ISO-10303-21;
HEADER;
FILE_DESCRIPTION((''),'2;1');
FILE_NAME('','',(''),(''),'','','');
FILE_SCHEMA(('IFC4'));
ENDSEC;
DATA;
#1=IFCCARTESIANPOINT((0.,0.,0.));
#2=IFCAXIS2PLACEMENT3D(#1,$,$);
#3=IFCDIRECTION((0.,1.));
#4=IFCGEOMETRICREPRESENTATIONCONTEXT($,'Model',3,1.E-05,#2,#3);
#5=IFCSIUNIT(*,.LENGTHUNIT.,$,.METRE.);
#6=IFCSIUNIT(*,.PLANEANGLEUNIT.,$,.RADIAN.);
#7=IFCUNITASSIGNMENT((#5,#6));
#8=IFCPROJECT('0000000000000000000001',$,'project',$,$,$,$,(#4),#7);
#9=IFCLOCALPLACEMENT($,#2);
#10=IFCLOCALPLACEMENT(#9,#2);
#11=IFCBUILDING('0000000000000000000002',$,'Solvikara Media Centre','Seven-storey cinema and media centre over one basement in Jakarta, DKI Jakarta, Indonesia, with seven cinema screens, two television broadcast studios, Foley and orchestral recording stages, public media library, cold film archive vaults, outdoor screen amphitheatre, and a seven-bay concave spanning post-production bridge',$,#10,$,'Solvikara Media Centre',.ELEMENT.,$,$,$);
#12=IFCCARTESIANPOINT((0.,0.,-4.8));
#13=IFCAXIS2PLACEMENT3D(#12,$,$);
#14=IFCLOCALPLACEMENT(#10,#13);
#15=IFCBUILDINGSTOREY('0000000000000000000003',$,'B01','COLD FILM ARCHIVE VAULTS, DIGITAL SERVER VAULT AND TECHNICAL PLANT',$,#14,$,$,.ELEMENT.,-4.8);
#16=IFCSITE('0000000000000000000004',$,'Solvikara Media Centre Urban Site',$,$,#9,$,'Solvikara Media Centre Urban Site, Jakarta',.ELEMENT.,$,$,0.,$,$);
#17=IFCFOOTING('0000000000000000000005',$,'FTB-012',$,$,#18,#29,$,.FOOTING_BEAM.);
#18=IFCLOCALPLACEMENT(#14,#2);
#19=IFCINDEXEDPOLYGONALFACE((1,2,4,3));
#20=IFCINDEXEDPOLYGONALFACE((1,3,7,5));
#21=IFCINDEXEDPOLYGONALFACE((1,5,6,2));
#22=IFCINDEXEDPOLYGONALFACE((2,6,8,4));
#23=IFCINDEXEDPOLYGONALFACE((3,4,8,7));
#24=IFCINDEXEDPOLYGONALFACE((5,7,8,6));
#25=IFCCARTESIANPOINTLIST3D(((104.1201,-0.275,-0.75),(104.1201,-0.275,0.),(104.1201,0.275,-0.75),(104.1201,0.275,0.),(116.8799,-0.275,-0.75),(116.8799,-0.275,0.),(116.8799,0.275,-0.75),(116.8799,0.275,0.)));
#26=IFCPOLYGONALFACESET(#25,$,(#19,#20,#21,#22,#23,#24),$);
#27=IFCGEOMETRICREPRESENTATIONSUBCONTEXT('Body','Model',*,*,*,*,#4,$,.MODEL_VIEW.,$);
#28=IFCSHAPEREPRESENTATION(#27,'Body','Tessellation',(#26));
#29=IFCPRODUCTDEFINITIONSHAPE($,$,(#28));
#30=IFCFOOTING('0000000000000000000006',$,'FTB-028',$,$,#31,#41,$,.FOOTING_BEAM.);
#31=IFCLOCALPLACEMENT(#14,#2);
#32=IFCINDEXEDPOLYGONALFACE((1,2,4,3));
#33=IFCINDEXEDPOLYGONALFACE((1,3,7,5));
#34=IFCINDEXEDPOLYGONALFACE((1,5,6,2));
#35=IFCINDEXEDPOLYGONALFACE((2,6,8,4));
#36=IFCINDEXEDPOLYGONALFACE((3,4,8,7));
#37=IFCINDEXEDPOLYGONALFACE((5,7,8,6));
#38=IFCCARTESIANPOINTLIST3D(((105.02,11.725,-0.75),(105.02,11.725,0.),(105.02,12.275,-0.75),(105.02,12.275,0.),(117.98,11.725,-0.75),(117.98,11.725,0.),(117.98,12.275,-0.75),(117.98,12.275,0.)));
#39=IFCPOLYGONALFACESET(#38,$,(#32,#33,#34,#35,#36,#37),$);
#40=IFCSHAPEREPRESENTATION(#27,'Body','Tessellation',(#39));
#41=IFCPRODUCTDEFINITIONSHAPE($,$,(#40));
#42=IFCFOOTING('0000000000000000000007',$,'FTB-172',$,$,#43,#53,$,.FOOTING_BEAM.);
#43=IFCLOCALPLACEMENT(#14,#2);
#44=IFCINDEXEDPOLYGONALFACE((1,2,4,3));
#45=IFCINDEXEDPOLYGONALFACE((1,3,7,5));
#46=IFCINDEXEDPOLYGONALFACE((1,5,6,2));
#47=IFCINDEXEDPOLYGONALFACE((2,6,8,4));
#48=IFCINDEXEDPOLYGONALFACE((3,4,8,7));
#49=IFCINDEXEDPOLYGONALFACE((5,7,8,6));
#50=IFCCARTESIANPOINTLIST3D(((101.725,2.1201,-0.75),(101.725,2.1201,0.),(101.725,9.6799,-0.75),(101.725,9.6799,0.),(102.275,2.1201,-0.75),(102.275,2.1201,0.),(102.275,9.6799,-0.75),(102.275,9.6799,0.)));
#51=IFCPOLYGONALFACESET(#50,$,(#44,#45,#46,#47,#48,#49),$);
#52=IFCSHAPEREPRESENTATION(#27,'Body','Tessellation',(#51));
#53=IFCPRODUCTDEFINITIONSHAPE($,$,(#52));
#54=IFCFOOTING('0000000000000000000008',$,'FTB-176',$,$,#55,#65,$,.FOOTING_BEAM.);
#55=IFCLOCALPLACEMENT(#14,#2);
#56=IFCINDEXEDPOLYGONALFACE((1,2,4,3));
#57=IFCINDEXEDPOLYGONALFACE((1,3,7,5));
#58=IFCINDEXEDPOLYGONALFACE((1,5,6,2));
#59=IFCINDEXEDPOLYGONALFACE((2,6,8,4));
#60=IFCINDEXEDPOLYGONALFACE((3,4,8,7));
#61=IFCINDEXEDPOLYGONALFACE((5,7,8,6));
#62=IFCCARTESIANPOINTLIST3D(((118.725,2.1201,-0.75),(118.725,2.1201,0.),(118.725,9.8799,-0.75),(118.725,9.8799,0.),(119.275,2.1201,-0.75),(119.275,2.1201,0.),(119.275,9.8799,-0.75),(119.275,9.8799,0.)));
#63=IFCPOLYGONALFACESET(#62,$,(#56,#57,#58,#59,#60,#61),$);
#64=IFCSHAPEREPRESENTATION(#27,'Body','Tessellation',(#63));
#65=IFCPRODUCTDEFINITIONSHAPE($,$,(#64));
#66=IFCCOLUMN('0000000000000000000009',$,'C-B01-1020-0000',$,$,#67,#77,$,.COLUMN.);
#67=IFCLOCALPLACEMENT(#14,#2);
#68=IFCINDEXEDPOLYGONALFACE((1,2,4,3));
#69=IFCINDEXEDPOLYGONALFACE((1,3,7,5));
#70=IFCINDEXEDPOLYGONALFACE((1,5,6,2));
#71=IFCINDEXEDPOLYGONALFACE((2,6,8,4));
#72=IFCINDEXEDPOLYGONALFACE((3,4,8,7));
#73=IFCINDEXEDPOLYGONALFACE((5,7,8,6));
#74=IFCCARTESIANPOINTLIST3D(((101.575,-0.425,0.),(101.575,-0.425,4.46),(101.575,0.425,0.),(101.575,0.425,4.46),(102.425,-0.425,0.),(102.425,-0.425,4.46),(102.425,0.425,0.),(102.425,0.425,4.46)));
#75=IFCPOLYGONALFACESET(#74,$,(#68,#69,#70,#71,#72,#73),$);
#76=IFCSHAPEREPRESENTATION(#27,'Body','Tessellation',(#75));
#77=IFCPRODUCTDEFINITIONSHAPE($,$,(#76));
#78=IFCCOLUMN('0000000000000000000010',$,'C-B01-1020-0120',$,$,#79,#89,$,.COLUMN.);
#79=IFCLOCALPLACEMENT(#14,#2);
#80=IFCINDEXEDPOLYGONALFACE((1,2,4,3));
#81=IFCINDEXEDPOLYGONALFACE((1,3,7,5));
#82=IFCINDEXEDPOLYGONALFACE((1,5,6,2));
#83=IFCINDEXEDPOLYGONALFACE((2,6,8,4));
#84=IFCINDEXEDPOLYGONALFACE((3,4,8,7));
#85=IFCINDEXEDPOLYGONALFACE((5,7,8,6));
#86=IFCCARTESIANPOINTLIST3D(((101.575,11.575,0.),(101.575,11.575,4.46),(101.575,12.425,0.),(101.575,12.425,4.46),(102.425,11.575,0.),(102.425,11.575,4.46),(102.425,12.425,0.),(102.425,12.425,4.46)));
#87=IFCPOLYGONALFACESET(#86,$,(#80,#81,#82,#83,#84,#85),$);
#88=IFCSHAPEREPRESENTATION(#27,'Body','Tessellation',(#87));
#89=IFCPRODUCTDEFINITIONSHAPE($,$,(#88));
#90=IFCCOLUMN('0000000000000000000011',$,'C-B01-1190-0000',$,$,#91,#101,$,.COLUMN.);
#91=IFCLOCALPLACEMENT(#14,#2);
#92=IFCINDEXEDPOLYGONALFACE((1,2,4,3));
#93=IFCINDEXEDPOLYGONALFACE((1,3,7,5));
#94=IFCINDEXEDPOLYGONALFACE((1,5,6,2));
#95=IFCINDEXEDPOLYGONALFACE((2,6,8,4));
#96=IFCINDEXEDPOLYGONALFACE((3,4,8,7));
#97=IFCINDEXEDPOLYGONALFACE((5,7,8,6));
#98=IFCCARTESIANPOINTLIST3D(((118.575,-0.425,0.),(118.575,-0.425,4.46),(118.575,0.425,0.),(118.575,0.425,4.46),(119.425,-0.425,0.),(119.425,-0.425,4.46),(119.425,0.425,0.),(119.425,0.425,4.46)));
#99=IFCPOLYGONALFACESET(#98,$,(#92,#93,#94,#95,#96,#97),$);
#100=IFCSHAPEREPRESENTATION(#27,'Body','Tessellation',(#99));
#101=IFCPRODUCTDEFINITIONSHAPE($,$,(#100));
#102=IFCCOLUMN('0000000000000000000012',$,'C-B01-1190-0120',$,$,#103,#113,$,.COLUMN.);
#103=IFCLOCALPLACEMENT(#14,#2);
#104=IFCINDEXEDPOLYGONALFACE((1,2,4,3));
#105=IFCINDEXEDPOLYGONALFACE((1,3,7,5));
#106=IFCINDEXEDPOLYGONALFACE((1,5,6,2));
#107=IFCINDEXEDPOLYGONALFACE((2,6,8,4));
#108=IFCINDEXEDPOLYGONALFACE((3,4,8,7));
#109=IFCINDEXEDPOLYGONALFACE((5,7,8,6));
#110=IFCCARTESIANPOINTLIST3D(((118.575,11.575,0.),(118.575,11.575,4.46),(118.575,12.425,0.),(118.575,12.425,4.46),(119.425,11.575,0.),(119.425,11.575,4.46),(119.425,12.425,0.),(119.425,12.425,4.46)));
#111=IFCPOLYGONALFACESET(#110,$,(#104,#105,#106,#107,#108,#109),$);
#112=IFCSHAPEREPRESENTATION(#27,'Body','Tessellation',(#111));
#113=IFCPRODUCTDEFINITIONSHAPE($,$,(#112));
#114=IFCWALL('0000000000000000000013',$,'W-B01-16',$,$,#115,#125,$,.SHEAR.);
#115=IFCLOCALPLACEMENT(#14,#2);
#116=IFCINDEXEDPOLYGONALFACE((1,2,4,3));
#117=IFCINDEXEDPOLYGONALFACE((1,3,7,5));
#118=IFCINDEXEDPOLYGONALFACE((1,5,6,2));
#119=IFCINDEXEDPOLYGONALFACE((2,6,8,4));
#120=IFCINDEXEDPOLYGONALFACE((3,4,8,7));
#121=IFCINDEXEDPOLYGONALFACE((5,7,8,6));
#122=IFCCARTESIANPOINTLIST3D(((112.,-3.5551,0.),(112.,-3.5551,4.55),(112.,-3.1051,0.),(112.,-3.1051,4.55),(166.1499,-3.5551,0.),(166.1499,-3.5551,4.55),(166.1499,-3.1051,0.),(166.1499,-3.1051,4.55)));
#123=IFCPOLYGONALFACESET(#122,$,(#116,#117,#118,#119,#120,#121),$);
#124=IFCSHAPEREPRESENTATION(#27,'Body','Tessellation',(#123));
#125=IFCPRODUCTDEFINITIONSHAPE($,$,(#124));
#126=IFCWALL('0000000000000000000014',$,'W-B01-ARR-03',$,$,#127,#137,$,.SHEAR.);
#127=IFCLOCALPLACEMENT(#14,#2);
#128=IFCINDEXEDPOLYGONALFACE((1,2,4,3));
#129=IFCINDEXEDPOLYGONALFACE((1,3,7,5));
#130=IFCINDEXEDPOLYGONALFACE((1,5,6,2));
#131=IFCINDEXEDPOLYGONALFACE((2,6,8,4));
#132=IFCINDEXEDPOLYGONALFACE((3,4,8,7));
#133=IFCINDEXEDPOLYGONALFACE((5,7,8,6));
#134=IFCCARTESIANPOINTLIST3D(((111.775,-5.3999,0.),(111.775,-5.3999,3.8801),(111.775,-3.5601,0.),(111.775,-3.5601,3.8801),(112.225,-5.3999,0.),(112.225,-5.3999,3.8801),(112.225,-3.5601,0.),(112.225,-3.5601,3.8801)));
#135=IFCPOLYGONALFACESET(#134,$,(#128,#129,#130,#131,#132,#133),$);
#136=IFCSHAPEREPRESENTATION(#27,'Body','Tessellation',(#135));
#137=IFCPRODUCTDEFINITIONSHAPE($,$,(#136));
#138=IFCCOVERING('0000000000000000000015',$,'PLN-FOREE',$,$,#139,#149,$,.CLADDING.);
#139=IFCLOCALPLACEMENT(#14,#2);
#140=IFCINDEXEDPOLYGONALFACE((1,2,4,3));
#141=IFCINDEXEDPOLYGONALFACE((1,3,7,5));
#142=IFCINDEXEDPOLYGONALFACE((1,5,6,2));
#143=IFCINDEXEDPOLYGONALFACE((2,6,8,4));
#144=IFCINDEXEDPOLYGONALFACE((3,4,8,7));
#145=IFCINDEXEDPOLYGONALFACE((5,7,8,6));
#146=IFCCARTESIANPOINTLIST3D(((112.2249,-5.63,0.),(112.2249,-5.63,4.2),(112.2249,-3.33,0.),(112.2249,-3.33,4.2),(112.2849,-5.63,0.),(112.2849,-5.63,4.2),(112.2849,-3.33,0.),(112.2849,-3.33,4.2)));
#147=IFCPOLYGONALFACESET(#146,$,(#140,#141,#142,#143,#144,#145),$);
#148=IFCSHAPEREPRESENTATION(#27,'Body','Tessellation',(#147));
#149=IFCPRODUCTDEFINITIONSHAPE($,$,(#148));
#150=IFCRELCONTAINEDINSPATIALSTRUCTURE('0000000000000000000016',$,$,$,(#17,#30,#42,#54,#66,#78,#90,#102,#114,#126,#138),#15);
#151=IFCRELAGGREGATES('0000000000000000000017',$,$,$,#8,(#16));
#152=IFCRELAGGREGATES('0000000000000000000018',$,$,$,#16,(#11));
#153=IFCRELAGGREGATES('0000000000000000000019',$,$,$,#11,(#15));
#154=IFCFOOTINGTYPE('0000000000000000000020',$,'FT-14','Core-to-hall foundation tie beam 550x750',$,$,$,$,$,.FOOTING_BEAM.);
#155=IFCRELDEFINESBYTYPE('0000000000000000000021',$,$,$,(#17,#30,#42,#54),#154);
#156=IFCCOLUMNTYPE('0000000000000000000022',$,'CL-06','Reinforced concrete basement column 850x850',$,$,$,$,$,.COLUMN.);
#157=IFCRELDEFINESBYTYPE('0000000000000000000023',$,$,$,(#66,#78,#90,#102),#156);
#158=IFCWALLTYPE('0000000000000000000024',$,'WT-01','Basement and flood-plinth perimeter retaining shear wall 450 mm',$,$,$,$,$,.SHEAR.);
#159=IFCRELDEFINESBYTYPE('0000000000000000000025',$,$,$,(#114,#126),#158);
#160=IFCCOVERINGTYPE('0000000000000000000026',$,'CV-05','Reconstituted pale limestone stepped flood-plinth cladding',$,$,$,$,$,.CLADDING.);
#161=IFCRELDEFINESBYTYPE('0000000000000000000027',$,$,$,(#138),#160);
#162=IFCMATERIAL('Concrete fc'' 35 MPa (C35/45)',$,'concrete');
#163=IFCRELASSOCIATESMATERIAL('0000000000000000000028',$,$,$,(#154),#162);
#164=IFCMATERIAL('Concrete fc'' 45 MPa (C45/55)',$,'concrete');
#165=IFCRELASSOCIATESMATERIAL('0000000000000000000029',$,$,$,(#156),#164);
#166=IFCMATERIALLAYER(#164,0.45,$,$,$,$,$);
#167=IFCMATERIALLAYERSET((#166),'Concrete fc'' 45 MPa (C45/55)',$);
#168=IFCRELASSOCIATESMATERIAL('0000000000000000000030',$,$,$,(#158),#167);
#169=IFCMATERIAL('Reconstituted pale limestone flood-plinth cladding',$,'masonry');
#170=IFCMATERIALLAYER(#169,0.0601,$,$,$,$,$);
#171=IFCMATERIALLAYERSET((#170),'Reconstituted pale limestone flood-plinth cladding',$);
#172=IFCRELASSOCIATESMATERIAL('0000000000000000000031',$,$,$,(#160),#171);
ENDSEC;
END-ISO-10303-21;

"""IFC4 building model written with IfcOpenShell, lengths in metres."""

from ifc_helpers import new_model, si_unit, direction, frame, frame_2d, origin, origin_2d, place, context, subcontext, project, spatial, rectangle, extrude, material, layer, layer_set, material_profile, profile_set, type_object, element, save


model = new_model("IFC4")

# Units and contexts
model_context = context("Model", 3, precision=1e-05, world=origin(), true_north=direction((0.0, 1.0)))
body_context = subcontext(model_context, "Body", "Model", "MODEL_VIEW")
ifc_project = project(units=[si_unit("LENGTHUNIT", "METRE"), si_unit("PLANEANGLEUNIT", "RADIAN")], contexts=[model_context])

# Site, building, storey
site_placement = place(None, origin())
site = spatial("IfcSite", under=ifc_project, at=site_placement, Name="Solvikara Media Centre Urban Site", LongName="Solvikara Media Centre Urban Site, Jakarta", CompositionType="ELEMENT", RefElevation=0.0)
building_placement = place(site_placement, origin())
building = spatial("IfcBuilding", under=site, at=building_placement, Name="Solvikara Media Centre", Description="Seven-storey cinema and media centre over one basement in Jakarta, DKI Jakarta, Indonesia, with seven cinema screens, two television broadcast studios, Foley and orchestral recording stages, public media library, cold film archive vaults, outdoor screen amphitheatre, and a seven-bay concave spanning post-production bridge", LongName="Solvikara Media Centre", CompositionType="ELEMENT")
storey_placement = place(building_placement, frame((0.0, 0.0, -4.8)))
storey = spatial("IfcBuildingStorey", under=building, at=storey_placement, Name="B01", Description="COLD FILM ARCHIVE VAULTS, DIGITAL SERVER VAULT AND TECHNICAL PLANT", CompositionType="ELEMENT", Elevation=-4.8)

# Shared definitions
ifc_material_1 = material(Name="Concrete fc' 35 MPa (C35/45)", Category="concrete")

# Footings
ifc_material_profile_1 = material_profile(ifc_material_1, rectangle(XDim=0.55, YDim=0.75, at=origin_2d()), Name="RC 550x750")
ifc_profile_set_1 = profile_set([ifc_material_profile_1], Name="Concrete fc' 35 MPa (C35/45)")
footing_type_1 = type_object("IfcFootingType", Name="FT-14", Description="Core-to-hall foundation tie beam 550x750", PredefinedType="FOOTING_BEAM", material=ifc_profile_set_1)
footing_1_placement = place(storey_placement, frame((104.1201, 0.0, -0.375), z_axis=(1.0, 0.0, 0.0), x_axis=(0.0, 1.0, 0.0)))
element("IfcFooting", 1, at=footing_1_placement, inside=storey, type_object=footing_type_1, Name="FTB-012", PredefinedType="FOOTING_BEAM", context=body_context, shape_type="SweptSolid", body=[
    extrude(rectangle(XDim=0.55, YDim=0.75, at=origin_2d()), origin(), (0.0, 0.0, 1.0), 12.7598),
])
footing_2_placement = place(storey_placement, frame((105.02, 12.0, -0.375), z_axis=(1.0, 0.0, 0.0), x_axis=(0.0, 1.0, 0.0)))
element("IfcFooting", 2, at=footing_2_placement, inside=storey, type_object=footing_type_1, Name="FTB-028", PredefinedType="FOOTING_BEAM", context=body_context, shape_type="SweptSolid", body=[
    extrude(rectangle(XDim=0.55, YDim=0.75, at=origin_2d()), origin(), (0.0, 0.0, 1.0), 12.96),
])
footing_3_placement = place(storey_placement, frame((102.0, 2.1201, -0.375), z_axis=(0.0, 1.0, 0.0), x_axis=(-1.0, 0.0, 0.0)))
element("IfcFooting", 3, at=footing_3_placement, inside=storey, type_object=footing_type_1, Name="FTB-172", PredefinedType="FOOTING_BEAM", context=body_context, shape_type="SweptSolid", body=[
    extrude(rectangle(XDim=0.55, YDim=0.75, at=origin_2d()), origin(), (0.0, 0.0, 1.0), 7.5598),
])
footing_4_placement = place(storey_placement, frame((119.0, 2.1201, -0.375), z_axis=(0.0, 1.0, 0.0), x_axis=(-1.0, 0.0, 0.0)))
element("IfcFooting", 4, at=footing_4_placement, inside=storey, type_object=footing_type_1, Name="FTB-176", PredefinedType="FOOTING_BEAM", context=body_context, shape_type="SweptSolid", body=[
    extrude(rectangle(XDim=0.55, YDim=0.75, at=origin_2d()), origin(), (0.0, 0.0, 1.0), 7.7598),
])

# Columns
ifc_material_2 = material(Name="Concrete fc' 45 MPa (C45/55)", Category="concrete")
ifc_material_profile_2 = material_profile(ifc_material_2, rectangle(XDim=0.8501, YDim=0.8501, at=origin_2d()), Name="RC 850x850")
ifc_profile_set_2 = profile_set([ifc_material_profile_2], Name="Concrete fc' 45 MPa (C45/55)")
column_type = type_object("IfcColumnType", Name="CL-06", Description="Reinforced concrete basement column 850x850", PredefinedType="COLUMN", material=ifc_profile_set_2)
for number, where, z_axis, x_axis, name in (
    (5, (102.0, 0.0, 0.0), (0.0, 0.0, 1.0), (1.0, 0.0, 0.0), "C-B01-1020-0000"),
    (6, (102.0, 12.0, 0.0), (0.0, 0.0, 1.0), (1.0, 0.0, 0.0), "C-B01-1020-0120"),
    (7, (119.0, 0.0, 0.0), (0.0, 0.0, 1.0), (1.0, 0.0, 0.0), "C-B01-1190-0000"),
    (8, (119.0, 12.0, 0.0), (0.0, 0.0, 1.0), (1.0, 0.0, 0.0), "C-B01-1190-0120"),
):
    element("IfcColumn", number, at=place(storey_placement, frame(where, z_axis=z_axis, x_axis=x_axis)), inside=storey, type_object=column_type, Name=name, PredefinedType="COLUMN", context=body_context, shape_type="SweptSolid", body=[
        extrude(rectangle(XDim=0.8501, YDim=0.8501, at=origin_2d()), origin(), (0.0, 0.0, 1.0), 4.46),
    ])

# Walls
ifc_layer_1 = layer(ifc_material_2, 0.45)
ifc_layer_set_1 = layer_set([ifc_layer_1], Name="Concrete fc' 45 MPa (C45/55)")
wall_type = type_object("IfcWallType", Name="WT-01", Description="Basement and flood-plinth perimeter retaining shear wall 450 mm", PredefinedType="SHEAR", material=ifc_layer_set_1)
wall_1_placement = place(storey_placement, frame((112.0, -3.3301, 0.0), z_axis=(0.0, 0.0, 1.0), x_axis=(1.0, 0.0, 0.0)))
element("IfcWall", 9, at=wall_1_placement, inside=storey, type_object=wall_type, Name="W-B01-16", PredefinedType="SHEAR", context=body_context, shape_type="SweptSolid", body=[
    extrude(rectangle(XDim=54.1499, YDim=0.45, at=frame_2d((27.075, 0.0))), origin(), (0.0, 0.0, 1.0), 4.55),
])
wall_2_placement = place(storey_placement, frame((112.0, -5.3999, 0.0), z_axis=(0.0, 0.0, 1.0), x_axis=(0.0, 1.0, 0.0)))
element("IfcWall", 10, at=wall_2_placement, inside=storey, type_object=wall_type, Name="W-B01-ARR-03", PredefinedType="SHEAR", context=body_context, shape_type="SweptSolid", body=[
    extrude(rectangle(XDim=1.8398, YDim=0.45, at=frame_2d((0.9199, 0.0))), origin(), (0.0, 0.0, 1.0), 3.8801),
])

# Covering
ifc_material_3 = material(Name="Reconstituted pale limestone flood-plinth cladding", Category="masonry")
ifc_layer_2 = layer(ifc_material_3, 0.0601)
ifc_layer_set_2 = layer_set([ifc_layer_2], Name="Reconstituted pale limestone flood-plinth cladding")
covering_type = type_object("IfcCoveringType", Name="CV-05", Description="Reconstituted pale limestone stepped flood-plinth cladding", PredefinedType="CLADDING", material=ifc_layer_set_2)
covering_placement = place(storey_placement, frame((112.2549, -4.48, 0.0), z_axis=(0.0, 0.0, 1.0), x_axis=(0.0, 1.0, 0.0)))
element("IfcCovering", 11, at=covering_placement, inside=storey, type_object=covering_type, Name="PLN-FOREE", PredefinedType="CLADDING", context=body_context, shape_type="SweptSolid", body=[
    extrude(rectangle(XDim=2.3, YDim=0.0601, at=origin_2d()), origin(), (0.0, 0.0, 1.0), 4.2),
])

save(model, "model.ifc")
